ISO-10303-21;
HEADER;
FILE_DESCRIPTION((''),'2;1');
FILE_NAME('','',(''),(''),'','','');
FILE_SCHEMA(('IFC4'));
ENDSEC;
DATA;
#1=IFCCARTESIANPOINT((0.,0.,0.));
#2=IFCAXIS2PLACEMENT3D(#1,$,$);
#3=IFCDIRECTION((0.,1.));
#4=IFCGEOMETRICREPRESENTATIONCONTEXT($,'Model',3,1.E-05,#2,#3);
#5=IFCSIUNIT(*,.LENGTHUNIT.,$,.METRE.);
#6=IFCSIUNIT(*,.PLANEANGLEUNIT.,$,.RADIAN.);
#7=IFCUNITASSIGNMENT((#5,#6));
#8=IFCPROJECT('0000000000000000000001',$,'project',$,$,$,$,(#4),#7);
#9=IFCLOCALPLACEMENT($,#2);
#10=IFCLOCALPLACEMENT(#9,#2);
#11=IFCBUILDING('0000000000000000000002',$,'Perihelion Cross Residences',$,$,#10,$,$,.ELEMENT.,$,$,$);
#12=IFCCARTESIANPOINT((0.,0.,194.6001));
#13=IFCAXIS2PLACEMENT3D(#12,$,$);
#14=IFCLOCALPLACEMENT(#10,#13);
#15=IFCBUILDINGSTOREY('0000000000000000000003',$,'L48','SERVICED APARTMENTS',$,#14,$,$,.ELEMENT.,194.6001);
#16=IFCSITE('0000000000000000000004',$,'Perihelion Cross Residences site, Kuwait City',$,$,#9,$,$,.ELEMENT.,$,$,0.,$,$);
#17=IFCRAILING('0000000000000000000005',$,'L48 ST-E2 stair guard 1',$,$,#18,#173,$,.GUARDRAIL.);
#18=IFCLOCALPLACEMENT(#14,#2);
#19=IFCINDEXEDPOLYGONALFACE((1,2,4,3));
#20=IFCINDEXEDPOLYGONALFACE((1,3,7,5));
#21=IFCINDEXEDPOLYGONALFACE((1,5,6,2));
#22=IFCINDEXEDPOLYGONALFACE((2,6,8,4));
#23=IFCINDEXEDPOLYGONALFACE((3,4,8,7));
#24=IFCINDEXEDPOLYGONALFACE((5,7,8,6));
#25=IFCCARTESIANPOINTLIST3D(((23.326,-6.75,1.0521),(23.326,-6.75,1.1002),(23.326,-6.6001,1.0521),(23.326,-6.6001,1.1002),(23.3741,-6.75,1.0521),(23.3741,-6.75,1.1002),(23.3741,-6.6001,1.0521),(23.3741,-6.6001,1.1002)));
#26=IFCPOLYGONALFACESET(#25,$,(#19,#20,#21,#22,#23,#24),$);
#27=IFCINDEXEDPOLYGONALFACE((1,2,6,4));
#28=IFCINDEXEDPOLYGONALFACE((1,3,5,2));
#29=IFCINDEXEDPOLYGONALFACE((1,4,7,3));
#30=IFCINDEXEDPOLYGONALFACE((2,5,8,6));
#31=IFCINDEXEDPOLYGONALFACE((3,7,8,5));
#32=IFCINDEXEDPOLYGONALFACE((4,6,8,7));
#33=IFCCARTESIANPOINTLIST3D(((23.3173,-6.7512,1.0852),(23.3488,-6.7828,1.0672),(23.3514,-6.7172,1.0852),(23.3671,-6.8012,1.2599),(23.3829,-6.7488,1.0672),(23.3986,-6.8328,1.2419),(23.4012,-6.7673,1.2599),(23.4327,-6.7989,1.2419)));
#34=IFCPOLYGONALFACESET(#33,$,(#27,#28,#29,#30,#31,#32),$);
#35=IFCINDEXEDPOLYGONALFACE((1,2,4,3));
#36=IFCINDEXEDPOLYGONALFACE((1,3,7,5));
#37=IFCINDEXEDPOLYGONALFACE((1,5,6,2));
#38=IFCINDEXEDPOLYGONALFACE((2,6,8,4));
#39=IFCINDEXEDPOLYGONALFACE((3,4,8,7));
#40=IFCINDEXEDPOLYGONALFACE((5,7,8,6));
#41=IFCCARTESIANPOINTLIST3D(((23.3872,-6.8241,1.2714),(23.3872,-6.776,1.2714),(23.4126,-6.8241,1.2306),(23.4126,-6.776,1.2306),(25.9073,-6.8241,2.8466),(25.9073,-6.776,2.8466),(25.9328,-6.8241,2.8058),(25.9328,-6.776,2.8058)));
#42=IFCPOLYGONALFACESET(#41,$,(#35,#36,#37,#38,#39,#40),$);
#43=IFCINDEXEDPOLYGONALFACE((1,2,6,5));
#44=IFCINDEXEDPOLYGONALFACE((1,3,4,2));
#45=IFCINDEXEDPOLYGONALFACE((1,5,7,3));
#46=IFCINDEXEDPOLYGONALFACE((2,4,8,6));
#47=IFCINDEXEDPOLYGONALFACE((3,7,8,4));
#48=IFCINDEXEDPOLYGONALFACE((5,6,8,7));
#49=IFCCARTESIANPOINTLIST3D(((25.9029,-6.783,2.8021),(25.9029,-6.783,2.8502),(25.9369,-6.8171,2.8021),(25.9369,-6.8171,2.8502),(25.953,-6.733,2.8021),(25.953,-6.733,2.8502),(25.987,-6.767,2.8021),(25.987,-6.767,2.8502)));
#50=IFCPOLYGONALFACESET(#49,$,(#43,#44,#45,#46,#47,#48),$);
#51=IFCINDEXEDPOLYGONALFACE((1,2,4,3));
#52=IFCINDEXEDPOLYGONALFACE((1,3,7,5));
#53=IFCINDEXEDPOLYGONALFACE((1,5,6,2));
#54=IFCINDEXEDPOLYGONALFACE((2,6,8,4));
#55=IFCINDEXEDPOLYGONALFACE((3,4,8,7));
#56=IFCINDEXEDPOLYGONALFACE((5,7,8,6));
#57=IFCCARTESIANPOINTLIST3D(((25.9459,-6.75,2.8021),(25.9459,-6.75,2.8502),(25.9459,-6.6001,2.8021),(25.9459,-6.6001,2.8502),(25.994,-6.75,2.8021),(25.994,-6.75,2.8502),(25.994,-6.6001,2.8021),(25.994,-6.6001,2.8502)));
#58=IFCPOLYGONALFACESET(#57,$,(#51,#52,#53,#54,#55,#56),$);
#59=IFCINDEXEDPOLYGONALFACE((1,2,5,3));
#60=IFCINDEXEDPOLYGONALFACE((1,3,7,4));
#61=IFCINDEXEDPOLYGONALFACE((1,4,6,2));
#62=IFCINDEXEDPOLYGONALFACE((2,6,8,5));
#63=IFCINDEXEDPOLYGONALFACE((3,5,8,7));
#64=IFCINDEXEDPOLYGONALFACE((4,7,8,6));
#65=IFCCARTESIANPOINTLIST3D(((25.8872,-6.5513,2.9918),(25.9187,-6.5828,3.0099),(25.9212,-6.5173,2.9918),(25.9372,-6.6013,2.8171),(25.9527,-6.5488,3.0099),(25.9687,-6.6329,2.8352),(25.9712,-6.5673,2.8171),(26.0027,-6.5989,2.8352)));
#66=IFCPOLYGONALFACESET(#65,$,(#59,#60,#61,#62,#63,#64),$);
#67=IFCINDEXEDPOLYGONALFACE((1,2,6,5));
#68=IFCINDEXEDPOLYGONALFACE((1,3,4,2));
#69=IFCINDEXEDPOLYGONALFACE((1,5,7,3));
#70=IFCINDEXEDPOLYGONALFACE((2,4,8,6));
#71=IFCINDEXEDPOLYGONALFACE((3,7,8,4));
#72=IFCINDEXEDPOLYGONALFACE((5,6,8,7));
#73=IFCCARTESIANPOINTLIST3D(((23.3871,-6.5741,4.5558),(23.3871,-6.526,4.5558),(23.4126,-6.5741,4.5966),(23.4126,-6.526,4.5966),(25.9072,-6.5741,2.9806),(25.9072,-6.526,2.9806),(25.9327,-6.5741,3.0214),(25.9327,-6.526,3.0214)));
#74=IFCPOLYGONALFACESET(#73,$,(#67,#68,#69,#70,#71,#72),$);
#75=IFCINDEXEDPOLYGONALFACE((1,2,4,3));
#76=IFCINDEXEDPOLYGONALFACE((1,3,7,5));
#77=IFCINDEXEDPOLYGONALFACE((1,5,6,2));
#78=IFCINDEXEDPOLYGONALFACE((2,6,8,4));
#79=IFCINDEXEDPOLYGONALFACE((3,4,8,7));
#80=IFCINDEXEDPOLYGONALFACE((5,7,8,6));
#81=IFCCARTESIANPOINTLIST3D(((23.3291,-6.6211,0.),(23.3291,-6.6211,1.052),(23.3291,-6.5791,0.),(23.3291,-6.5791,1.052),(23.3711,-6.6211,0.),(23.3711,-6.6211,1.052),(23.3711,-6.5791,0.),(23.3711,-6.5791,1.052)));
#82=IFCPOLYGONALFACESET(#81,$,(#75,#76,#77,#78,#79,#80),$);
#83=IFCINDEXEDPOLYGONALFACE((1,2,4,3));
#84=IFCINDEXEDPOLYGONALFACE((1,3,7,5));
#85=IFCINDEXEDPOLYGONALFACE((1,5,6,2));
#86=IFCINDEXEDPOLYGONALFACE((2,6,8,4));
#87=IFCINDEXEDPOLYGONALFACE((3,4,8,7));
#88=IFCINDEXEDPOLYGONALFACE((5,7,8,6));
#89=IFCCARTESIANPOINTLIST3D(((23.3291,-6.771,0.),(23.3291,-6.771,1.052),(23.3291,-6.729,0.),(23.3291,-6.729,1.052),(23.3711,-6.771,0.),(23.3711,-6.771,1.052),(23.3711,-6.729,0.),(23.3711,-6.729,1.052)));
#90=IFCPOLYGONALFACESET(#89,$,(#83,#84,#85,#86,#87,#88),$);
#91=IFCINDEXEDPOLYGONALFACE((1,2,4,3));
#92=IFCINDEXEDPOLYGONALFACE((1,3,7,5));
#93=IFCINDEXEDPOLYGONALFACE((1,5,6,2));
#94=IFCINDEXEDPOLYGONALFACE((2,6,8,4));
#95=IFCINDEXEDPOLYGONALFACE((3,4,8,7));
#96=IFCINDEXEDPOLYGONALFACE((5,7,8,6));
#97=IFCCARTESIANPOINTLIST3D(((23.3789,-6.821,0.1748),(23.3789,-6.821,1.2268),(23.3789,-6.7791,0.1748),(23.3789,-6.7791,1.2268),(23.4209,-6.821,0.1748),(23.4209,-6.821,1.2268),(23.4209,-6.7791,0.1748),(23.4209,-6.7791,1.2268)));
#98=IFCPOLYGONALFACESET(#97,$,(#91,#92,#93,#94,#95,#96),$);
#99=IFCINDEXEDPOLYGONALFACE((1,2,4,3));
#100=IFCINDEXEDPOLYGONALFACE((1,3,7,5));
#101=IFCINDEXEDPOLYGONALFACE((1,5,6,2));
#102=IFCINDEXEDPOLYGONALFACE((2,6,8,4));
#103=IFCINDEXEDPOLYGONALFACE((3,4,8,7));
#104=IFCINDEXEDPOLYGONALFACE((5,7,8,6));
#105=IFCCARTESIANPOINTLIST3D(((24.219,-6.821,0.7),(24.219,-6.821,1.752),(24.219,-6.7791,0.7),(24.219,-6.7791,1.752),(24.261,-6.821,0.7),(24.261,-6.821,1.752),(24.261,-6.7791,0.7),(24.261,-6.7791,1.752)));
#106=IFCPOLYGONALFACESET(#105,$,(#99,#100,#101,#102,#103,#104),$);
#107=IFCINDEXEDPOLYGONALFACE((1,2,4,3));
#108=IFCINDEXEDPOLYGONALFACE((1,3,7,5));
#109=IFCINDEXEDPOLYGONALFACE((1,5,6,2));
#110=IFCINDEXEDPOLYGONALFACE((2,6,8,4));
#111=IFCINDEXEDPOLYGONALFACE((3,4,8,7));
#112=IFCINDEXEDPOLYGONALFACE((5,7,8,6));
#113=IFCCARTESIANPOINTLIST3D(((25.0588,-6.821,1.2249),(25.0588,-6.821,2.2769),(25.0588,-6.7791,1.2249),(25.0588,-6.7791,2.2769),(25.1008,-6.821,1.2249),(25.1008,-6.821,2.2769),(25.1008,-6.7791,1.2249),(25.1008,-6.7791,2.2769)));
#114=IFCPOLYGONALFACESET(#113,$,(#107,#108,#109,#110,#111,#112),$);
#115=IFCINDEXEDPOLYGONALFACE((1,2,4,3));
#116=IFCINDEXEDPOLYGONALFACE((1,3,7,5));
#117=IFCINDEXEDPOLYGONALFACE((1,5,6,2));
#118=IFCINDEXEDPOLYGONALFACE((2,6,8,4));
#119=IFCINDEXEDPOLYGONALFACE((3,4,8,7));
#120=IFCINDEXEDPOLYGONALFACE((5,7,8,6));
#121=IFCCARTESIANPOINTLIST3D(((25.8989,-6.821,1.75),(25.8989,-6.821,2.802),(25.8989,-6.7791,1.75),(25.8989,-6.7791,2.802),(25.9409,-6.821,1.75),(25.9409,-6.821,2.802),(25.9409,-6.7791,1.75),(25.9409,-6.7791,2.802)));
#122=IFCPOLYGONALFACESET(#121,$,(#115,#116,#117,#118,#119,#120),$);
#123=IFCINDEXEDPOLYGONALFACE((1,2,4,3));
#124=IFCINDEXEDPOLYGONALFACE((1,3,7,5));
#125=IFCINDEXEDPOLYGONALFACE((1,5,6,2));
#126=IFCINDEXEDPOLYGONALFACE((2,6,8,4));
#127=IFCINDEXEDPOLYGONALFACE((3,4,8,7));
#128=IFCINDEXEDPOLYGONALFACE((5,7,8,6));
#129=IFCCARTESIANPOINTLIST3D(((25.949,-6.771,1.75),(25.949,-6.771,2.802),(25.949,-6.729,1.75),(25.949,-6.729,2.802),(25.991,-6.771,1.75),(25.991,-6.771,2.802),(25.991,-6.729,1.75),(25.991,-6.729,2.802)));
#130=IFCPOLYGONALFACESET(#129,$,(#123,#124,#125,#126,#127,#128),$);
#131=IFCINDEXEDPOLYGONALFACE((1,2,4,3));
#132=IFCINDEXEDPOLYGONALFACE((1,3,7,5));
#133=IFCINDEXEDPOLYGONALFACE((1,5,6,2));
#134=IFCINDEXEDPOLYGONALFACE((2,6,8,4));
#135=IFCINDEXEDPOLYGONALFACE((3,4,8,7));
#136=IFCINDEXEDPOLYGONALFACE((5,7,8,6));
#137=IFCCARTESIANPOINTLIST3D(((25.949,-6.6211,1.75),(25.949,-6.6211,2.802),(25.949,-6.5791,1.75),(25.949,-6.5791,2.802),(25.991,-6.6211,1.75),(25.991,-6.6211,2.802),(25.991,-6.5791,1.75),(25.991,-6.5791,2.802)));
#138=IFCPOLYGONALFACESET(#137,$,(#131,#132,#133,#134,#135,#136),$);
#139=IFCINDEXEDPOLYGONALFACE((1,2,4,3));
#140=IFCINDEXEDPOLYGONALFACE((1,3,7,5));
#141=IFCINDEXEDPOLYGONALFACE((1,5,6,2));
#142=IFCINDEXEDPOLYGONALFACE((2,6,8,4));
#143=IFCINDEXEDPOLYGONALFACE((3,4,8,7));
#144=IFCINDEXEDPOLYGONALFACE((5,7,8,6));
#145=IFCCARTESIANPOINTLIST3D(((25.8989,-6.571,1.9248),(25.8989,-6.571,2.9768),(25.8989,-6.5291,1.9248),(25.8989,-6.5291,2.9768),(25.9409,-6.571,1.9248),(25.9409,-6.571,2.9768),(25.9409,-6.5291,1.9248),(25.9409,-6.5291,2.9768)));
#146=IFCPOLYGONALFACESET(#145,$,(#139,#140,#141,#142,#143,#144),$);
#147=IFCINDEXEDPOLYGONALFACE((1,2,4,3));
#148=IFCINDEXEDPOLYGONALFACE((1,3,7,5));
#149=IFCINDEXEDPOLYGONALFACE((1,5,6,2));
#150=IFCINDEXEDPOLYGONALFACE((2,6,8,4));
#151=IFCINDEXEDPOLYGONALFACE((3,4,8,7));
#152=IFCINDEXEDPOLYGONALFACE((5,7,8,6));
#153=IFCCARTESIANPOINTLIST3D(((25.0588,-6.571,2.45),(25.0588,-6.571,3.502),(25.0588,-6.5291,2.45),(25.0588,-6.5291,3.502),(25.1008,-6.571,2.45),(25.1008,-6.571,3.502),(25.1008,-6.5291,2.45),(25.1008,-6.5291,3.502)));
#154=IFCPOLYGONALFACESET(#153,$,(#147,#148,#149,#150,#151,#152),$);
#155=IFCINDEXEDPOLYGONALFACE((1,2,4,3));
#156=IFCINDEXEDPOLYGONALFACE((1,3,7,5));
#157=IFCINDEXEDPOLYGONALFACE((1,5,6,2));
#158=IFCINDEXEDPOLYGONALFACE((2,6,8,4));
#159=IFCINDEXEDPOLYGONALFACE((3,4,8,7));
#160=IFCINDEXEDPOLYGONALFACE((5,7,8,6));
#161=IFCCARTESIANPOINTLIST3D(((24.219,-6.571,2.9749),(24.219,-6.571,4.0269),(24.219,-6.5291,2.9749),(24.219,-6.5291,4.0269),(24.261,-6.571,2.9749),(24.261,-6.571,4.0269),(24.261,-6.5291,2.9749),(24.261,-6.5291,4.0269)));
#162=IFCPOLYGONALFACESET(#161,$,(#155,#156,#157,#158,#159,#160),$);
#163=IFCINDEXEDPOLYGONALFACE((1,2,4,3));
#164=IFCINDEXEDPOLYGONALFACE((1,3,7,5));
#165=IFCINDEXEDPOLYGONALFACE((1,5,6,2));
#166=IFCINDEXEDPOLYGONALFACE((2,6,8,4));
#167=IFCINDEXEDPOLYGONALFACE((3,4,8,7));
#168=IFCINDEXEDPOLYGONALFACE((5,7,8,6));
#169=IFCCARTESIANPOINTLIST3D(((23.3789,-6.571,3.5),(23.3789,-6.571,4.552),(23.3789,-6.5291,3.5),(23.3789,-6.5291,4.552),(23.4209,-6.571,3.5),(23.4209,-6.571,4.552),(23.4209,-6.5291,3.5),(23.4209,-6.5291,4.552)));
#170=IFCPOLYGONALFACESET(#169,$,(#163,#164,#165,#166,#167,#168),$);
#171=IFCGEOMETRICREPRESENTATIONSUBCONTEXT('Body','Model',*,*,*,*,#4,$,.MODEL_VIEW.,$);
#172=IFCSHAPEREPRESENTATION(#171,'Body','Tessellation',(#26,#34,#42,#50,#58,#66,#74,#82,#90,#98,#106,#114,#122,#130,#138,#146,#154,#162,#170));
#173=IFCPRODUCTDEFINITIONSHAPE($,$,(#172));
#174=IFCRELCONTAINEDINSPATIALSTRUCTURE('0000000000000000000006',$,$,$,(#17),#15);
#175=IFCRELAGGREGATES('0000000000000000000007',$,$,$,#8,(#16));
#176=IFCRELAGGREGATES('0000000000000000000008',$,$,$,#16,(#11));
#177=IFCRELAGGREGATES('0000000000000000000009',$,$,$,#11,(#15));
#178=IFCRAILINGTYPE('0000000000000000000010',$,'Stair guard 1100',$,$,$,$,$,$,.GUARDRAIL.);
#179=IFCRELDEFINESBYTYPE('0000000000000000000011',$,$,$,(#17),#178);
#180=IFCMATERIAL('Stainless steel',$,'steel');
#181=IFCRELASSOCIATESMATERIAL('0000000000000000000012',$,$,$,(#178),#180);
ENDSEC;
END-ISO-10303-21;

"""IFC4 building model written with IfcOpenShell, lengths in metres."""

from ifc_helpers import new_model, si_unit, direction, frame, origin, origin_2d, place, context, subcontext, project, spatial, rectangle, extrude, material, type_object, element, save


model = new_model("IFC4")

# Units and contexts
model_context = context("Model", 3, precision=1e-05, world=origin(), true_north=direction((0.0, 1.0)))
body_context = subcontext(model_context, "Body", "Model", "MODEL_VIEW")
ifc_project = project(units=[si_unit("LENGTHUNIT", "METRE"), si_unit("PLANEANGLEUNIT", "RADIAN")], contexts=[model_context])

# Site, building, storey
site_placement = place(None, origin())
site = spatial("IfcSite", under=ifc_project, at=site_placement, Name="Perihelion Cross Residences site, Kuwait City", CompositionType="ELEMENT", RefElevation=0.0)
building_placement = place(site_placement, origin())
building = spatial("IfcBuilding", under=site, at=building_placement, Name="Perihelion Cross Residences", CompositionType="ELEMENT")
storey_placement = place(building_placement, frame((0.0, 0.0, 194.6001)))
storey = spatial("IfcBuildingStorey", under=building, at=storey_placement, Name="L48", Description="SERVICED APARTMENTS", CompositionType="ELEMENT", Elevation=194.6001)

# Railing
ifc_material_1 = material(Name="Stainless steel", Category="steel")
railing_type_1 = type_object("IfcRailingType", Name="Stair guard 1100", PredefinedType="GUARDRAIL", material=ifc_material_1)
railing_1_placement = place(storey_placement, frame((23.3501, -6.6001, 0.0)))
element("IfcRailing", 1, at=railing_1_placement, inside=storey, type_object=railing_type_1, Name="L48 ST-E2 stair guard 1", PredefinedType="GUARDRAIL", context=body_context, shape_type="SweptSolid", body=[
    extrude(rectangle(XDim=0.0481, YDim=0.0481, at=origin_2d()), frame((0.0, 0.0, 1.0762), z_axis=(0.0, -1.0, 0.0), x_axis=(1.0, 0.0, 0.0)), (0.0, 0.0, 1.0), 0.1499),
    extrude(rectangle(XDim=0.0481, YDim=0.0481, at=origin_2d()), frame((0.0, -0.1499, 1.0762), z_axis=(0.264179, -0.265474, 0.927218), x_axis=(0.708834, 0.705376, 0.0)), (0.0, 0.0, 1.0), 0.1885),
    extrude(rectangle(XDim=0.0481, YDim=0.0481, at=origin_2d()), frame((0.0498, -0.2, 1.251), z_axis=(0.847971, 0.0, 0.530043), x_axis=(0.0, 1.0, 0.0)), (0.0, 0.0, 1.0), 2.9719),
    extrude(rectangle(XDim=0.0481, YDim=0.0481, at=origin_2d()), frame((2.5698, -0.2, 2.8262), z_axis=(0.707107, 0.707107, 0.0), x_axis=(-0.707107, 0.707107, 0.0)), (0.0, 0.0, 1.0), 0.0708),
    extrude(rectangle(XDim=0.0481, YDim=0.0481, at=origin_2d()), frame((2.6199, -0.1499, 2.8262), z_axis=(0.0, 1.0, 0.0), x_axis=(-1.0, 0.0, 0.0)), (0.0, 0.0, 1.0), 0.1499),
    extrude(rectangle(XDim=0.0481, YDim=0.0481, at=origin_2d()), frame((2.6199, 0.0, 2.8262), z_axis=(-0.265383, 0.265383, 0.9269), x_axis=(-0.707107, -0.707107, 0.0)), (0.0, 0.0, 1.0), 0.1885),
    extrude(rectangle(XDim=0.0481, YDim=0.0481, at=origin_2d()), frame((2.5698, 0.05, 3.001), z_axis=(-0.847971, 0.0, 0.530043), x_axis=(0.0, -1.0, 0.0)), (0.0, 0.0, 1.0), 2.9719),
    extrude(rectangle(XDim=0.042, YDim=0.042, at=origin_2d()), origin(), (0.0, 0.0, 1.0), 1.052),
    extrude(rectangle(XDim=0.042, YDim=0.042, at=origin_2d()), frame((0.0, -0.1499, 0.0)), (0.0, 0.0, 1.0), 1.052),
    extrude(rectangle(XDim=0.042, YDim=0.042, at=origin_2d()), frame((0.0498, -0.2, 0.1748)), (0.0, 0.0, 1.0), 1.052),
    extrude(rectangle(XDim=0.042, YDim=0.042, at=origin_2d()), frame((0.8899, -0.2, 0.7)), (0.0, 0.0, 1.0), 1.052),
    extrude(rectangle(XDim=0.042, YDim=0.042, at=origin_2d()), frame((1.7297, -0.2, 1.2249)), (0.0, 0.0, 1.0), 1.052),
    extrude(rectangle(XDim=0.042, YDim=0.042, at=origin_2d()), frame((2.5698, -0.2, 1.75)), (0.0, 0.0, 1.0), 1.052),
    extrude(rectangle(XDim=0.042, YDim=0.042, at=origin_2d()), frame((2.6199, -0.1499, 1.75)), (0.0, 0.0, 1.0), 1.052),
    extrude(rectangle(XDim=0.042, YDim=0.042, at=origin_2d()), frame((2.6199, 0.0, 1.75)), (0.0, 0.0, 1.0), 1.052),
    extrude(rectangle(XDim=0.042, YDim=0.042, at=origin_2d()), frame((2.5698, 0.05, 1.9248)), (0.0, 0.0, 1.0), 1.052),
    extrude(rectangle(XDim=0.042, YDim=0.042, at=origin_2d()), frame((1.7297, 0.05, 2.45)), (0.0, 0.0, 1.0), 1.052),
    extrude(rectangle(XDim=0.042, YDim=0.042, at=origin_2d()), frame((0.8899, 0.05, 2.9749)), (0.0, 0.0, 1.0), 1.052),
    extrude(rectangle(XDim=0.042, YDim=0.042, at=origin_2d()), frame((0.0498, 0.05, 3.5)), (0.0, 0.0, 1.0), 1.052),
])

save(model, "model.ifc")
